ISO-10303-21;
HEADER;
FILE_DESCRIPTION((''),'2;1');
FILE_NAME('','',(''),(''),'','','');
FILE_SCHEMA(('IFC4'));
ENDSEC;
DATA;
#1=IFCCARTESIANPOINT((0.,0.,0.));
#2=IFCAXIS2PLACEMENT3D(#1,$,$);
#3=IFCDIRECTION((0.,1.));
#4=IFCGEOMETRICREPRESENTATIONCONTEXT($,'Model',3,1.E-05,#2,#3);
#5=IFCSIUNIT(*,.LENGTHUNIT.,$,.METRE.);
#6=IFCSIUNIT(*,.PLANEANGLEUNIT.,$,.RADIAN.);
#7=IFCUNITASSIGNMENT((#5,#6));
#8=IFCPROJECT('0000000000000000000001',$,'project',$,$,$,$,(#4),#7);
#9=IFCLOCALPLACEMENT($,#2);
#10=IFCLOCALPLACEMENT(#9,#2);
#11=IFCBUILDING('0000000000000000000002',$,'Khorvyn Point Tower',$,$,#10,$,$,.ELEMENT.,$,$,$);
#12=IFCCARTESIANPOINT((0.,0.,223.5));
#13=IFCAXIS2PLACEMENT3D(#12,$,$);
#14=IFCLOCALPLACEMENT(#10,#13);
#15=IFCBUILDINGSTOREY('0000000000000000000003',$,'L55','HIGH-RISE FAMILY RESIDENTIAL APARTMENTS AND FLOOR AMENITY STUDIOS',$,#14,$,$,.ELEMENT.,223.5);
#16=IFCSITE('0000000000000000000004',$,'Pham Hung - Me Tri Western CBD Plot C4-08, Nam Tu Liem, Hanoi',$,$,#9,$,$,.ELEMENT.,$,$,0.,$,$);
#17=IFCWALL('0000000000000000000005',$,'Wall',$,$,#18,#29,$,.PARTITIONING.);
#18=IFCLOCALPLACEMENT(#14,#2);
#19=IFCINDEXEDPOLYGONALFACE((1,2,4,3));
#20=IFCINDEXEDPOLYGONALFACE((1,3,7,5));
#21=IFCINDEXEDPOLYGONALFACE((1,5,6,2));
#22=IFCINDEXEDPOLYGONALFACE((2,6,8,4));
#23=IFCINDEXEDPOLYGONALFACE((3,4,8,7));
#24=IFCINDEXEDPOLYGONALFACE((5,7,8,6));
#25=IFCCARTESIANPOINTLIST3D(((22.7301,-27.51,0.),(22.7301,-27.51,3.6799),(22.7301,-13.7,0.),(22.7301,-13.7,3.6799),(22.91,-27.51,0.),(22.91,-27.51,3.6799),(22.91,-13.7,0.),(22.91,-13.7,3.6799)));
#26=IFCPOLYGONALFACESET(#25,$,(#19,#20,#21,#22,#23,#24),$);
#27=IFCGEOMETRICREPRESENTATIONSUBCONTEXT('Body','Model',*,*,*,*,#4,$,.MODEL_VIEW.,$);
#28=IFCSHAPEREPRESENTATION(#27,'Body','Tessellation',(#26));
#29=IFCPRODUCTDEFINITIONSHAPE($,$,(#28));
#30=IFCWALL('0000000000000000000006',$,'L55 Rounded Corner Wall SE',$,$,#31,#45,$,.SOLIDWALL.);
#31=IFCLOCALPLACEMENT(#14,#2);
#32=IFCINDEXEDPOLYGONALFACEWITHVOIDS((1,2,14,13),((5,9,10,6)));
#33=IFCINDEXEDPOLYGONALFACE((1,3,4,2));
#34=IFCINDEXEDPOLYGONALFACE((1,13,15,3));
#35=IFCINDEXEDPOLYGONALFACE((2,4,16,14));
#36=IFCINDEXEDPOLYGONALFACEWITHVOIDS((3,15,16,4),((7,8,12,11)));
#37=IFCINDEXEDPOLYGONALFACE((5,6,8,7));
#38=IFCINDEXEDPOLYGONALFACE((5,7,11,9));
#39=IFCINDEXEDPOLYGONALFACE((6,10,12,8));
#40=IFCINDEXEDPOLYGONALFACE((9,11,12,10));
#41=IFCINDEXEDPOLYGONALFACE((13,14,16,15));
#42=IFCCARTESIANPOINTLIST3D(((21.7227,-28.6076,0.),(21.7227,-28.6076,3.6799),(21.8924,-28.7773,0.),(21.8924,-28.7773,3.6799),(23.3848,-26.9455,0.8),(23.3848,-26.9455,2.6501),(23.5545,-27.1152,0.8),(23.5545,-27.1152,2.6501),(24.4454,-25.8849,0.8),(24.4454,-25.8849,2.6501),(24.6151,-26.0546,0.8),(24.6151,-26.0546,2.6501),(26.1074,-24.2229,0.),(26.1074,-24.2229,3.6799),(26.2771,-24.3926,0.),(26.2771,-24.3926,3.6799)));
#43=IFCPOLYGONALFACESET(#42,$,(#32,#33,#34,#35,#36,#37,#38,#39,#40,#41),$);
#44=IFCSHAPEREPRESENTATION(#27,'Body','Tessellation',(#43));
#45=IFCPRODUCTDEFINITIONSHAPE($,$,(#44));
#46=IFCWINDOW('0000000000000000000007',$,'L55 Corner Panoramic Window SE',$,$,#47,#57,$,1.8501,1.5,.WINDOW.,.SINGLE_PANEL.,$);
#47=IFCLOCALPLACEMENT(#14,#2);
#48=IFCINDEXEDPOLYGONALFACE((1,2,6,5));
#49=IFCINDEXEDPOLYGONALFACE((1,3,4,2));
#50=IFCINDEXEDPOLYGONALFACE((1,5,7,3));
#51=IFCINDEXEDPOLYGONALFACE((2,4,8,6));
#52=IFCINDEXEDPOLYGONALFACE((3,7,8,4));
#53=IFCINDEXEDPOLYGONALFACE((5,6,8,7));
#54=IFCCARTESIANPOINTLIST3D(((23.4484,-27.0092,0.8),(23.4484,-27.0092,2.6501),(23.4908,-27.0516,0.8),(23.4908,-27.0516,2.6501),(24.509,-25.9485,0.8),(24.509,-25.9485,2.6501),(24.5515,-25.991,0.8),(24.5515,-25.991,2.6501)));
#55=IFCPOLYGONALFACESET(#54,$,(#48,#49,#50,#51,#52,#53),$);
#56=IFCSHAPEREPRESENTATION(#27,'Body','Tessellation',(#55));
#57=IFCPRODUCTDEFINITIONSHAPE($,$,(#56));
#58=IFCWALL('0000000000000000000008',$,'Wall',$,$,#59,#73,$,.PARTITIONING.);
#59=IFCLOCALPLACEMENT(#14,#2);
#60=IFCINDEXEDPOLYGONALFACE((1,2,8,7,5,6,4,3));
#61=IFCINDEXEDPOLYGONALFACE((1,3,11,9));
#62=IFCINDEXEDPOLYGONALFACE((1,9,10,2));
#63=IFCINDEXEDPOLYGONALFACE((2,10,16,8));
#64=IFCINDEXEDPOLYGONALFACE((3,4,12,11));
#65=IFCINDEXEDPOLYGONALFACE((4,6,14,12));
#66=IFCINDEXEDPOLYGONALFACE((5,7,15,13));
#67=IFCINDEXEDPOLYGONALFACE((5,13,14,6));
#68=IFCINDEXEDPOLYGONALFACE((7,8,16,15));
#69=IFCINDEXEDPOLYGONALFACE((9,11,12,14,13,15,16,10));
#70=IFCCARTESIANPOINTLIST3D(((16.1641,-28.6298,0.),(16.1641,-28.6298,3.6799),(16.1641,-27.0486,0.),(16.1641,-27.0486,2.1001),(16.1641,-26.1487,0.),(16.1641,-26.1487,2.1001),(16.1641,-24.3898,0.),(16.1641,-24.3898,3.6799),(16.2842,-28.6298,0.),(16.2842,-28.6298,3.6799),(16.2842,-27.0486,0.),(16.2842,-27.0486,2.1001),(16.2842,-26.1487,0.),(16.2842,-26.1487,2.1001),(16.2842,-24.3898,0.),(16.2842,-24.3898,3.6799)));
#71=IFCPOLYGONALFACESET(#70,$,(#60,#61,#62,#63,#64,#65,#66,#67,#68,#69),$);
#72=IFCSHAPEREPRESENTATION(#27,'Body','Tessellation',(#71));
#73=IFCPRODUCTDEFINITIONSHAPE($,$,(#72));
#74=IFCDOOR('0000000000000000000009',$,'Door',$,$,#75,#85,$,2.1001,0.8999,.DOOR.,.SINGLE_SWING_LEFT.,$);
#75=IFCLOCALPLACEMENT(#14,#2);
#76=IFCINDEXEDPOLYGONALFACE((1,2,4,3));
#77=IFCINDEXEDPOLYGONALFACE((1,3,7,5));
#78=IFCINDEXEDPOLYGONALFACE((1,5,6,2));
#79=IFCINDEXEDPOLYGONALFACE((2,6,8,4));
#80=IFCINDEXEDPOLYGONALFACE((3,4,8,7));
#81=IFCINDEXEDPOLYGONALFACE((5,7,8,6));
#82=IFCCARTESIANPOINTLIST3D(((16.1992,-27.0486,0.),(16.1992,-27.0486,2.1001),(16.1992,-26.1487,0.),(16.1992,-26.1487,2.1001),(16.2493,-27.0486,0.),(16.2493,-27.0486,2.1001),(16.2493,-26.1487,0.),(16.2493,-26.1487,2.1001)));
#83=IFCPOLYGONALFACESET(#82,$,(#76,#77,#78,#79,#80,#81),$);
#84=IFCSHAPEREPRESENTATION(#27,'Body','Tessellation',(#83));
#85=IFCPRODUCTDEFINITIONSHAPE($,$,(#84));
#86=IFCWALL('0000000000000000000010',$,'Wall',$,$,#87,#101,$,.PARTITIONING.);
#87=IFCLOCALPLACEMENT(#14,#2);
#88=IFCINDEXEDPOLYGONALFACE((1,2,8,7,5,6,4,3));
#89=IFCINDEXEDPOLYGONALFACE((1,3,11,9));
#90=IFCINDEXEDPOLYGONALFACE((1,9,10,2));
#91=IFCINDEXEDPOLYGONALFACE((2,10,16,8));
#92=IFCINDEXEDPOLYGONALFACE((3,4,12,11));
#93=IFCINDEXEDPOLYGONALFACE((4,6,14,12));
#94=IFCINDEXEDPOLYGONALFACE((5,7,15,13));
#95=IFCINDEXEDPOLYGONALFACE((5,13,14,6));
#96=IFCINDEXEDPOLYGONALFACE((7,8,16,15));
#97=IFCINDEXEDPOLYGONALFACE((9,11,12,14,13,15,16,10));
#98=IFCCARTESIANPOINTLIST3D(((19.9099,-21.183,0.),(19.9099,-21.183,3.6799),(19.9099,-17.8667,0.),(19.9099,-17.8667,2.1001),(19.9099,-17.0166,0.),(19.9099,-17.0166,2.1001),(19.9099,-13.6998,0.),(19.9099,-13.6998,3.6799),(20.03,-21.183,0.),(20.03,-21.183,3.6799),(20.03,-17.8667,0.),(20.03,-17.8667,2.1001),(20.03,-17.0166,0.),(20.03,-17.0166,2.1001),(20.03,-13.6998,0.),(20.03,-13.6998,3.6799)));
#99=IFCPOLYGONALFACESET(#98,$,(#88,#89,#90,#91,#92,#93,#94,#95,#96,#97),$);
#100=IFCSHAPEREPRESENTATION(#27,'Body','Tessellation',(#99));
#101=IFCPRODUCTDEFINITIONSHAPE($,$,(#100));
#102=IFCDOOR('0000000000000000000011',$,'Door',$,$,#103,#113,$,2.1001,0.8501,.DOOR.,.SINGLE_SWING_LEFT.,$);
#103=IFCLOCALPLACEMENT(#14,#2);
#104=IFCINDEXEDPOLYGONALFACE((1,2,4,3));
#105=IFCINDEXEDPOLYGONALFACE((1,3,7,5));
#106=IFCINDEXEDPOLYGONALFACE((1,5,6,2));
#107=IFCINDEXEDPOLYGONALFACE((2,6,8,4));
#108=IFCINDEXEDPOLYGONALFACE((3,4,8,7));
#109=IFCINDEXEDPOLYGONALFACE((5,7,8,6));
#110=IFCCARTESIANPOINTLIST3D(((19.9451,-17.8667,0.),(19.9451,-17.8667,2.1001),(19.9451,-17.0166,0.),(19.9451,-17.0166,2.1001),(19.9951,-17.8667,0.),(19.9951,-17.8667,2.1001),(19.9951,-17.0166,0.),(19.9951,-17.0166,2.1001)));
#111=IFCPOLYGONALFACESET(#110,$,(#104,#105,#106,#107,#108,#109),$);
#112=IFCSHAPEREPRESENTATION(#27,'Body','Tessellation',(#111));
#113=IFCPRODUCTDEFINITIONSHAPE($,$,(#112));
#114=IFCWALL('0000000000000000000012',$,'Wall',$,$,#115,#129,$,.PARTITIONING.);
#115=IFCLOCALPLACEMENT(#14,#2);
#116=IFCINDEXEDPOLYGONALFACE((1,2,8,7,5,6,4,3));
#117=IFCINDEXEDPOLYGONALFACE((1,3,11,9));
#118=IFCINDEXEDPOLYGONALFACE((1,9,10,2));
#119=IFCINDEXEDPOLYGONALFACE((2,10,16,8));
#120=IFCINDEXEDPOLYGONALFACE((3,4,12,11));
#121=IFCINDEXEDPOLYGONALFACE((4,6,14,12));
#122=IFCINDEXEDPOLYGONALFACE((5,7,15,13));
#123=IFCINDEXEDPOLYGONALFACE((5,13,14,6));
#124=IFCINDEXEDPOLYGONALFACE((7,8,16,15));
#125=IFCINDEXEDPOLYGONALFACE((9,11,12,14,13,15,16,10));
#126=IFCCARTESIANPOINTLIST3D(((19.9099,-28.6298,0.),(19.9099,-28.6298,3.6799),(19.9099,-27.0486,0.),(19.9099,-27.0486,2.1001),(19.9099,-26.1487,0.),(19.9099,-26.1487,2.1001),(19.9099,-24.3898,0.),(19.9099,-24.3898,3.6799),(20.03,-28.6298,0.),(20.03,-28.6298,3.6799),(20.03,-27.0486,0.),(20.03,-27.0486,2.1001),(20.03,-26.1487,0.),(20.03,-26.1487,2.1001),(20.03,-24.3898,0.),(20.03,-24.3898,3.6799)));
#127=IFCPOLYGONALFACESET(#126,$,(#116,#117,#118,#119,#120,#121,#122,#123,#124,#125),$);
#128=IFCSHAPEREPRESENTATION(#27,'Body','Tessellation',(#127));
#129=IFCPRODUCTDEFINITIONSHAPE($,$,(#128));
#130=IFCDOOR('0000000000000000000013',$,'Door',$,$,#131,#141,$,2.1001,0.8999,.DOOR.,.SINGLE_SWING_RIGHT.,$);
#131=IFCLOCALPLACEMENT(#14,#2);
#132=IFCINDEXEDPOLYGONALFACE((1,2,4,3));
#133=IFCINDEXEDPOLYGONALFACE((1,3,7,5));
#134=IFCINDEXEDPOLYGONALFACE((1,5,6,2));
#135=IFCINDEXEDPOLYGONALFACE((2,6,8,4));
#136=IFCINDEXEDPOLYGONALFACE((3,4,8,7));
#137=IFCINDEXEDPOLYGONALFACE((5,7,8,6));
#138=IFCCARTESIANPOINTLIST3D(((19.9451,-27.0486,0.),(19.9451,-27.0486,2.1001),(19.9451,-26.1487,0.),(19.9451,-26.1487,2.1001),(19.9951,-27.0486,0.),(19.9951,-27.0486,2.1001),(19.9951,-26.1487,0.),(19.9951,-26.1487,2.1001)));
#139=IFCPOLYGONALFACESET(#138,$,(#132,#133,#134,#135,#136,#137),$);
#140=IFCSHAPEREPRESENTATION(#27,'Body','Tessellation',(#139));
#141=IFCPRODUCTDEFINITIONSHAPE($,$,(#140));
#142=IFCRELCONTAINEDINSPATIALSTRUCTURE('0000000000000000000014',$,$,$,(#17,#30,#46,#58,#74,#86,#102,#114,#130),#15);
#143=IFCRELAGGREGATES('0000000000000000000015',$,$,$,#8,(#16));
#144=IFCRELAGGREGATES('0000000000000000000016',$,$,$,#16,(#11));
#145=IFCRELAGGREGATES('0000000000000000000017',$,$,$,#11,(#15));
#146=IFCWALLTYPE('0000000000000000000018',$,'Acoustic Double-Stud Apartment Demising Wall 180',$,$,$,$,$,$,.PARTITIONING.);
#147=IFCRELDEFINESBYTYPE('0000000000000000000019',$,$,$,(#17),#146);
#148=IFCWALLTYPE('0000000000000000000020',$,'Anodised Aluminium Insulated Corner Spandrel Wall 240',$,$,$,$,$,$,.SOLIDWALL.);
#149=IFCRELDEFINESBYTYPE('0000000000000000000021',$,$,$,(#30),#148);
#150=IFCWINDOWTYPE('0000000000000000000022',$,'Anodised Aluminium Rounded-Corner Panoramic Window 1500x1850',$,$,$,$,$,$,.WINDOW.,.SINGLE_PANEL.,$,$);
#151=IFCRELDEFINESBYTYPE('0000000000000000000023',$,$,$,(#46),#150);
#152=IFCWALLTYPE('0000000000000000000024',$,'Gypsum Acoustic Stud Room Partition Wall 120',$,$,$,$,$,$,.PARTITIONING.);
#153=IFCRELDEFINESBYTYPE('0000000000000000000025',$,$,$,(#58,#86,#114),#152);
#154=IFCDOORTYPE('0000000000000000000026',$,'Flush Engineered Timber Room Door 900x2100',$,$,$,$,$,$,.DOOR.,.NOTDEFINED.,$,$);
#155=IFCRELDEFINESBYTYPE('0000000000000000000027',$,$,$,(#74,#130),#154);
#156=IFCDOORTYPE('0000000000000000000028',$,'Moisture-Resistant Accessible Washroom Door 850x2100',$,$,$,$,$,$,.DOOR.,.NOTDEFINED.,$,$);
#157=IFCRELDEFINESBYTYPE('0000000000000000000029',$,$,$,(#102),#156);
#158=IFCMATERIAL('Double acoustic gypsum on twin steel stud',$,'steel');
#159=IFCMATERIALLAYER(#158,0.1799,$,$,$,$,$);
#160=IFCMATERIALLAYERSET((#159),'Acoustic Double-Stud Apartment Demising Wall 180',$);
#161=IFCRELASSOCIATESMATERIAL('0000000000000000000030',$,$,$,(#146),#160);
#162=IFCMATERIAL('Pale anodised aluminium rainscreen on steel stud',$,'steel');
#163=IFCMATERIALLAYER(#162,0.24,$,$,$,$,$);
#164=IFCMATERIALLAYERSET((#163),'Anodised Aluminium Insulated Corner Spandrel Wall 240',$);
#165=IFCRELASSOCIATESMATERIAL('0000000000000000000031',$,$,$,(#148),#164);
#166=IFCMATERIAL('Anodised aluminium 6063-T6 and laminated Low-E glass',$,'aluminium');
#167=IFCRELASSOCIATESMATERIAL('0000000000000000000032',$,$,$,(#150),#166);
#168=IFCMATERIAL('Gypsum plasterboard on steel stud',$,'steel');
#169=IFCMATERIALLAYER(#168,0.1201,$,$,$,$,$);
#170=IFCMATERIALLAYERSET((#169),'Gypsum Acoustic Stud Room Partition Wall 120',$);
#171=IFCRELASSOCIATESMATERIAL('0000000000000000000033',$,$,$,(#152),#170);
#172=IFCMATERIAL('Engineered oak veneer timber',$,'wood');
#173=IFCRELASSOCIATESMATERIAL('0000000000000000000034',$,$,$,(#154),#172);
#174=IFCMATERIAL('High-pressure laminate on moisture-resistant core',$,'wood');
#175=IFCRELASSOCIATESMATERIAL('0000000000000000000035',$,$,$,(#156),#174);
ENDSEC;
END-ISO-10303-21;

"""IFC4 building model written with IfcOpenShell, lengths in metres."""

from ifc_helpers import new_model, si_unit, direction, frame, frame_2d, origin, place, context, subcontext, project, spatial, rectangle, extrude, material, layer, layer_set, type_object, element, fill, save


model = new_model("IFC4")

# Units and contexts
model_context = context("Model", 3, precision=1e-05, world=origin(), true_north=direction((0.0, 1.0)))
body_context = subcontext(model_context, "Body", "Model", "MODEL_VIEW")
ifc_project = project(units=[si_unit("LENGTHUNIT", "METRE"), si_unit("PLANEANGLEUNIT", "RADIAN")], contexts=[model_context])

# Site, building, storey
site_placement = place(None, origin())
site = spatial("IfcSite", under=ifc_project, at=site_placement, Name="Pham Hung - Me Tri Western CBD Plot C4-08, Nam Tu Liem, Hanoi", CompositionType="ELEMENT", RefElevation=0.0)
building_placement = place(site_placement, origin())
building = spatial("IfcBuilding", under=site, at=building_placement, Name="Khorvyn Point Tower", CompositionType="ELEMENT")
storey_placement = place(building_placement, frame((0.0, 0.0, 223.5)))
storey = spatial("IfcBuildingStorey", under=building, at=storey_placement, Name="L55", Description="HIGH-RISE FAMILY RESIDENTIAL APARTMENTS AND FLOOR AMENITY STUDIOS", CompositionType="ELEMENT", Elevation=223.5)

# Shared definitions
ifc_material_1 = material(Name="Anodised aluminium 6063-T6 and laminated Low-E glass", Category="aluminium")

# Wall
ifc_material_2 = material(Name="Double acoustic gypsum on twin steel stud", Category="steel")
ifc_layer_1 = layer(ifc_material_2, 0.1799)
ifc_layer_set_1 = layer_set([ifc_layer_1], Name="Acoustic Double-Stud Apartment Demising Wall 180")
wall_type_1 = type_object("IfcWallType", Name="Acoustic Double-Stud Apartment Demising Wall 180", PredefinedType="PARTITIONING", material=ifc_layer_set_1)
wall_1_placement = place(storey_placement, frame((22.8201, -27.51, 0.0), z_axis=(0.0, 0.0, 1.0), x_axis=(0.0, 1.0, 0.0)))
element("IfcWall", 1, at=wall_1_placement, inside=storey, type_object=wall_type_1, Name="Wall", PredefinedType="PARTITIONING", context=body_context, shape_type="SweptSolid", body=[
    extrude(rectangle(XDim=13.8101, YDim=0.1799, at=frame_2d((6.905, 0.0))), origin(), (0.0, 0.0, 1.0), 3.6799),
])

# Wall, opening, window
ifc_material_3 = material(Name="Pale anodised aluminium rainscreen on steel stud", Category="steel")
ifc_layer_2 = layer(ifc_material_3, 0.24)
ifc_layer_set_2 = layer_set([ifc_layer_2], Name="Anodised Aluminium Insulated Corner Spandrel Wall 240")
wall_type_2 = type_object("IfcWallType", Name="Anodised Aluminium Insulated Corner Spandrel Wall 240", PredefinedType="SOLIDWALL", material=ifc_layer_set_2)
wall_2_placement = place(storey_placement, frame((26.1924, -24.3076, 0.0), z_axis=(0.0, 0.0, 1.0), x_axis=(-0.707107, -0.707107, 0.0)))
wall_2 = element("IfcWall", 2, at=wall_2_placement, inside=storey, type_object=wall_type_2, Name="L55 Rounded Corner Wall SE", PredefinedType="SOLIDWALL", context=body_context, shape_type="SweptSolid", body=[
    extrude(rectangle(XDim=6.2009, YDim=0.24, at=frame_2d((3.1006, 0.0))), origin(), (0.0, 0.0, 1.0), 3.6799),
])
opening_1_placement = place(wall_2_placement, frame((2.3506, 0.0, 0.8)))
opening_1 = element("IfcOpeningElement", 3, at=opening_1_placement, cuts=wall_2, PredefinedType="OPENING", context=body_context, shape_type="SweptSolid", body=[
    extrude(rectangle(XDim=1.5, YDim=1.8501, at=frame_2d((0.75, 0.925))), frame((0.0, 0.1299, 0.0), z_axis=(0.0, -1.0, 0.0), x_axis=(1.0, 0.0, 0.0)), (0.0, 0.0, 1.0), 0.26),
])
window_type = type_object("IfcWindowType", Name="Anodised Aluminium Rounded-Corner Panoramic Window 1500x1850", PartitioningType="SINGLE_PANEL", PredefinedType="WINDOW", material=ifc_material_1)
window_placement = place(opening_1_placement, origin())
window = element("IfcWindow", 4, at=window_placement, inside=storey, type_object=window_type, Name="L55 Corner Panoramic Window SE", OverallHeight=1.8501, OverallWidth=1.5, PartitioningType="SINGLE_PANEL", PredefinedType="WINDOW", context=body_context, shape_type="SweptSolid", body=[
    extrude(rectangle(XDim=1.5, YDim=1.8501, at=frame_2d((0.75, 0.925))), frame((0.0, 0.03, 0.0), z_axis=(0.0, -1.0, 0.0), x_axis=(1.0, 0.0, 0.0)), (0.0, 0.0, 1.0), 0.0601),
])
fill(opening_1, window)

# Walls, openings, doors
ifc_material_4 = material(Name="Gypsum plasterboard on steel stud", Category="steel")
ifc_layer_3 = layer(ifc_material_4, 0.1201)
ifc_layer_set_3 = layer_set([ifc_layer_3], Name="Gypsum Acoustic Stud Room Partition Wall 120")
wall_type_3 = type_object("IfcWallType", Name="Gypsum Acoustic Stud Room Partition Wall 120", PredefinedType="PARTITIONING", material=ifc_layer_set_3)
wall_3_placement = place(storey_placement, frame((16.2241, -28.6299, 0.0), z_axis=(0.0, 0.0, 1.0), x_axis=(0.0, 1.0, 0.0)))
wall_3 = element("IfcWall", 5, at=wall_3_placement, inside=storey, type_object=wall_type_3, Name="Wall", PredefinedType="PARTITIONING", context=body_context, shape_type="SweptSolid", body=[
    extrude(rectangle(XDim=4.24, YDim=0.1201, at=frame_2d((2.1201, 0.0))), origin(), (0.0, 0.0, 1.0), 3.6799),
])
opening_2_placement = place(wall_3_placement, frame((1.5813, 0.0, 0.0)))
opening_2 = element("IfcOpeningElement", 6, at=opening_2_placement, cuts=wall_3, PredefinedType="OPENING", context=body_context, shape_type="SweptSolid", body=[
    extrude(rectangle(XDim=0.8999, YDim=2.1001, at=frame_2d((0.45, 1.05))), frame((0.0, 0.0701, 0.0), z_axis=(0.0, -1.0, 0.0), x_axis=(1.0, 0.0, 0.0)), (0.0, 0.0, 1.0), 0.1401),
])
ifc_material_5 = material(Name="Engineered oak veneer timber", Category="wood")
door_type_1 = type_object("IfcDoorType", Name="Flush Engineered Timber Room Door 900x2100", OperationType="NOTDEFINED", PredefinedType="DOOR", material=ifc_material_5)
door_1_placement = place(opening_2_placement, origin())
door_1 = element("IfcDoor", 7, at=door_1_placement, inside=storey, type_object=door_type_1, Name="Door", OperationType="SINGLE_SWING_LEFT", OverallHeight=2.1001, OverallWidth=0.8999, PredefinedType="DOOR", context=body_context, shape_type="SweptSolid", body=[
    extrude(rectangle(XDim=0.8999, YDim=2.1001, at=frame_2d((0.45, 1.05))), frame((0.0, 0.0249, 0.0), z_axis=(0.0, -1.0, 0.0), x_axis=(1.0, 0.0, 0.0)), (0.0, 0.0, 1.0), 0.05),
])
fill(opening_2, door_1)
wall_4_placement = place(storey_placement, frame((19.97, -21.1831, 0.0), z_axis=(0.0, 0.0, 1.0), x_axis=(0.0, 1.0, 0.0)))
wall_4 = element("IfcWall", 8, at=wall_4_placement, inside=storey, type_object=wall_type_3, Name="Wall", PredefinedType="PARTITIONING", context=body_context, shape_type="SweptSolid", body=[
    extrude(rectangle(XDim=7.4832, YDim=0.1201, at=frame_2d((3.7417, 0.0))), origin(), (0.0, 0.0, 1.0), 3.6799),
])
opening_3_placement = place(wall_4_placement, frame((3.3164, 0.0, 0.0)))
opening_3 = element("IfcOpeningElement", 9, at=opening_3_placement, cuts=wall_4, PredefinedType="OPENING", context=body_context, shape_type="SweptSolid", body=[
    extrude(rectangle(XDim=0.8501, YDim=2.1001, at=frame_2d((0.425, 1.05))), frame((0.0, 0.0701, 0.0), z_axis=(0.0, -1.0, 0.0), x_axis=(1.0, 0.0, 0.0)), (0.0, 0.0, 1.0), 0.1401),
])
ifc_material_6 = material(Name="High-pressure laminate on moisture-resistant core", Category="wood")
door_type_2 = type_object("IfcDoorType", Name="Moisture-Resistant Accessible Washroom Door 850x2100", OperationType="NOTDEFINED", PredefinedType="DOOR", material=ifc_material_6)
door_2_placement = place(opening_3_placement, origin())
door_2 = element("IfcDoor", 10, at=door_2_placement, inside=storey, type_object=door_type_2, Name="Door", OperationType="SINGLE_SWING_LEFT", OverallHeight=2.1001, OverallWidth=0.8501, PredefinedType="DOOR", context=body_context, shape_type="SweptSolid", body=[
    extrude(rectangle(XDim=0.8501, YDim=2.1001, at=frame_2d((0.425, 1.05))), frame((0.0, 0.0249, 0.0), z_axis=(0.0, -1.0, 0.0), x_axis=(1.0, 0.0, 0.0)), (0.0, 0.0, 1.0), 0.05),
])
fill(opening_3, door_2)
wall_5_placement = place(storey_placement, frame((19.97, -28.6299, 0.0), z_axis=(0.0, 0.0, 1.0), x_axis=(0.0, 1.0, 0.0)))
wall_5 = element("IfcWall", 11, at=wall_5_placement, inside=storey, type_object=wall_type_3, Name="Wall", PredefinedType="PARTITIONING", context=body_context, shape_type="SweptSolid", body=[
    extrude(rectangle(XDim=4.24, YDim=0.1201, at=frame_2d((2.1201, 0.0))), origin(), (0.0, 0.0, 1.0), 3.6799),
])
opening_4_placement = place(wall_5_placement, frame((1.5813, 0.0, 0.0)))
opening_4 = element("IfcOpeningElement", 12, at=opening_4_placement, cuts=wall_5, PredefinedType="OPENING", context=body_context, shape_type="SweptSolid", body=[
    extrude(rectangle(XDim=0.8999, YDim=2.1001, at=frame_2d((0.45, 1.05))), frame((0.0, 0.0701, 0.0), z_axis=(0.0, -1.0, 0.0), x_axis=(1.0, 0.0, 0.0)), (0.0, 0.0, 1.0), 0.1401),
])
door_3_placement = place(opening_4_placement, origin())
door_3 = element("IfcDoor", 13, at=door_3_placement, inside=storey, type_object=door_type_1, Name="Door", OperationType="SINGLE_SWING_RIGHT", OverallHeight=2.1001, OverallWidth=0.8999, PredefinedType="DOOR", context=body_context, shape_type="SweptSolid", body=[
    extrude(rectangle(XDim=0.8999, YDim=2.1001, at=frame_2d((0.45, 1.05))), frame((0.0, 0.0249, 0.0), z_axis=(0.0, -1.0, 0.0), x_axis=(1.0, 0.0, 0.0)), (0.0, 0.0, 1.0), 0.05),
])
fill(opening_4, door_3)

save(model, "model.ifc")
